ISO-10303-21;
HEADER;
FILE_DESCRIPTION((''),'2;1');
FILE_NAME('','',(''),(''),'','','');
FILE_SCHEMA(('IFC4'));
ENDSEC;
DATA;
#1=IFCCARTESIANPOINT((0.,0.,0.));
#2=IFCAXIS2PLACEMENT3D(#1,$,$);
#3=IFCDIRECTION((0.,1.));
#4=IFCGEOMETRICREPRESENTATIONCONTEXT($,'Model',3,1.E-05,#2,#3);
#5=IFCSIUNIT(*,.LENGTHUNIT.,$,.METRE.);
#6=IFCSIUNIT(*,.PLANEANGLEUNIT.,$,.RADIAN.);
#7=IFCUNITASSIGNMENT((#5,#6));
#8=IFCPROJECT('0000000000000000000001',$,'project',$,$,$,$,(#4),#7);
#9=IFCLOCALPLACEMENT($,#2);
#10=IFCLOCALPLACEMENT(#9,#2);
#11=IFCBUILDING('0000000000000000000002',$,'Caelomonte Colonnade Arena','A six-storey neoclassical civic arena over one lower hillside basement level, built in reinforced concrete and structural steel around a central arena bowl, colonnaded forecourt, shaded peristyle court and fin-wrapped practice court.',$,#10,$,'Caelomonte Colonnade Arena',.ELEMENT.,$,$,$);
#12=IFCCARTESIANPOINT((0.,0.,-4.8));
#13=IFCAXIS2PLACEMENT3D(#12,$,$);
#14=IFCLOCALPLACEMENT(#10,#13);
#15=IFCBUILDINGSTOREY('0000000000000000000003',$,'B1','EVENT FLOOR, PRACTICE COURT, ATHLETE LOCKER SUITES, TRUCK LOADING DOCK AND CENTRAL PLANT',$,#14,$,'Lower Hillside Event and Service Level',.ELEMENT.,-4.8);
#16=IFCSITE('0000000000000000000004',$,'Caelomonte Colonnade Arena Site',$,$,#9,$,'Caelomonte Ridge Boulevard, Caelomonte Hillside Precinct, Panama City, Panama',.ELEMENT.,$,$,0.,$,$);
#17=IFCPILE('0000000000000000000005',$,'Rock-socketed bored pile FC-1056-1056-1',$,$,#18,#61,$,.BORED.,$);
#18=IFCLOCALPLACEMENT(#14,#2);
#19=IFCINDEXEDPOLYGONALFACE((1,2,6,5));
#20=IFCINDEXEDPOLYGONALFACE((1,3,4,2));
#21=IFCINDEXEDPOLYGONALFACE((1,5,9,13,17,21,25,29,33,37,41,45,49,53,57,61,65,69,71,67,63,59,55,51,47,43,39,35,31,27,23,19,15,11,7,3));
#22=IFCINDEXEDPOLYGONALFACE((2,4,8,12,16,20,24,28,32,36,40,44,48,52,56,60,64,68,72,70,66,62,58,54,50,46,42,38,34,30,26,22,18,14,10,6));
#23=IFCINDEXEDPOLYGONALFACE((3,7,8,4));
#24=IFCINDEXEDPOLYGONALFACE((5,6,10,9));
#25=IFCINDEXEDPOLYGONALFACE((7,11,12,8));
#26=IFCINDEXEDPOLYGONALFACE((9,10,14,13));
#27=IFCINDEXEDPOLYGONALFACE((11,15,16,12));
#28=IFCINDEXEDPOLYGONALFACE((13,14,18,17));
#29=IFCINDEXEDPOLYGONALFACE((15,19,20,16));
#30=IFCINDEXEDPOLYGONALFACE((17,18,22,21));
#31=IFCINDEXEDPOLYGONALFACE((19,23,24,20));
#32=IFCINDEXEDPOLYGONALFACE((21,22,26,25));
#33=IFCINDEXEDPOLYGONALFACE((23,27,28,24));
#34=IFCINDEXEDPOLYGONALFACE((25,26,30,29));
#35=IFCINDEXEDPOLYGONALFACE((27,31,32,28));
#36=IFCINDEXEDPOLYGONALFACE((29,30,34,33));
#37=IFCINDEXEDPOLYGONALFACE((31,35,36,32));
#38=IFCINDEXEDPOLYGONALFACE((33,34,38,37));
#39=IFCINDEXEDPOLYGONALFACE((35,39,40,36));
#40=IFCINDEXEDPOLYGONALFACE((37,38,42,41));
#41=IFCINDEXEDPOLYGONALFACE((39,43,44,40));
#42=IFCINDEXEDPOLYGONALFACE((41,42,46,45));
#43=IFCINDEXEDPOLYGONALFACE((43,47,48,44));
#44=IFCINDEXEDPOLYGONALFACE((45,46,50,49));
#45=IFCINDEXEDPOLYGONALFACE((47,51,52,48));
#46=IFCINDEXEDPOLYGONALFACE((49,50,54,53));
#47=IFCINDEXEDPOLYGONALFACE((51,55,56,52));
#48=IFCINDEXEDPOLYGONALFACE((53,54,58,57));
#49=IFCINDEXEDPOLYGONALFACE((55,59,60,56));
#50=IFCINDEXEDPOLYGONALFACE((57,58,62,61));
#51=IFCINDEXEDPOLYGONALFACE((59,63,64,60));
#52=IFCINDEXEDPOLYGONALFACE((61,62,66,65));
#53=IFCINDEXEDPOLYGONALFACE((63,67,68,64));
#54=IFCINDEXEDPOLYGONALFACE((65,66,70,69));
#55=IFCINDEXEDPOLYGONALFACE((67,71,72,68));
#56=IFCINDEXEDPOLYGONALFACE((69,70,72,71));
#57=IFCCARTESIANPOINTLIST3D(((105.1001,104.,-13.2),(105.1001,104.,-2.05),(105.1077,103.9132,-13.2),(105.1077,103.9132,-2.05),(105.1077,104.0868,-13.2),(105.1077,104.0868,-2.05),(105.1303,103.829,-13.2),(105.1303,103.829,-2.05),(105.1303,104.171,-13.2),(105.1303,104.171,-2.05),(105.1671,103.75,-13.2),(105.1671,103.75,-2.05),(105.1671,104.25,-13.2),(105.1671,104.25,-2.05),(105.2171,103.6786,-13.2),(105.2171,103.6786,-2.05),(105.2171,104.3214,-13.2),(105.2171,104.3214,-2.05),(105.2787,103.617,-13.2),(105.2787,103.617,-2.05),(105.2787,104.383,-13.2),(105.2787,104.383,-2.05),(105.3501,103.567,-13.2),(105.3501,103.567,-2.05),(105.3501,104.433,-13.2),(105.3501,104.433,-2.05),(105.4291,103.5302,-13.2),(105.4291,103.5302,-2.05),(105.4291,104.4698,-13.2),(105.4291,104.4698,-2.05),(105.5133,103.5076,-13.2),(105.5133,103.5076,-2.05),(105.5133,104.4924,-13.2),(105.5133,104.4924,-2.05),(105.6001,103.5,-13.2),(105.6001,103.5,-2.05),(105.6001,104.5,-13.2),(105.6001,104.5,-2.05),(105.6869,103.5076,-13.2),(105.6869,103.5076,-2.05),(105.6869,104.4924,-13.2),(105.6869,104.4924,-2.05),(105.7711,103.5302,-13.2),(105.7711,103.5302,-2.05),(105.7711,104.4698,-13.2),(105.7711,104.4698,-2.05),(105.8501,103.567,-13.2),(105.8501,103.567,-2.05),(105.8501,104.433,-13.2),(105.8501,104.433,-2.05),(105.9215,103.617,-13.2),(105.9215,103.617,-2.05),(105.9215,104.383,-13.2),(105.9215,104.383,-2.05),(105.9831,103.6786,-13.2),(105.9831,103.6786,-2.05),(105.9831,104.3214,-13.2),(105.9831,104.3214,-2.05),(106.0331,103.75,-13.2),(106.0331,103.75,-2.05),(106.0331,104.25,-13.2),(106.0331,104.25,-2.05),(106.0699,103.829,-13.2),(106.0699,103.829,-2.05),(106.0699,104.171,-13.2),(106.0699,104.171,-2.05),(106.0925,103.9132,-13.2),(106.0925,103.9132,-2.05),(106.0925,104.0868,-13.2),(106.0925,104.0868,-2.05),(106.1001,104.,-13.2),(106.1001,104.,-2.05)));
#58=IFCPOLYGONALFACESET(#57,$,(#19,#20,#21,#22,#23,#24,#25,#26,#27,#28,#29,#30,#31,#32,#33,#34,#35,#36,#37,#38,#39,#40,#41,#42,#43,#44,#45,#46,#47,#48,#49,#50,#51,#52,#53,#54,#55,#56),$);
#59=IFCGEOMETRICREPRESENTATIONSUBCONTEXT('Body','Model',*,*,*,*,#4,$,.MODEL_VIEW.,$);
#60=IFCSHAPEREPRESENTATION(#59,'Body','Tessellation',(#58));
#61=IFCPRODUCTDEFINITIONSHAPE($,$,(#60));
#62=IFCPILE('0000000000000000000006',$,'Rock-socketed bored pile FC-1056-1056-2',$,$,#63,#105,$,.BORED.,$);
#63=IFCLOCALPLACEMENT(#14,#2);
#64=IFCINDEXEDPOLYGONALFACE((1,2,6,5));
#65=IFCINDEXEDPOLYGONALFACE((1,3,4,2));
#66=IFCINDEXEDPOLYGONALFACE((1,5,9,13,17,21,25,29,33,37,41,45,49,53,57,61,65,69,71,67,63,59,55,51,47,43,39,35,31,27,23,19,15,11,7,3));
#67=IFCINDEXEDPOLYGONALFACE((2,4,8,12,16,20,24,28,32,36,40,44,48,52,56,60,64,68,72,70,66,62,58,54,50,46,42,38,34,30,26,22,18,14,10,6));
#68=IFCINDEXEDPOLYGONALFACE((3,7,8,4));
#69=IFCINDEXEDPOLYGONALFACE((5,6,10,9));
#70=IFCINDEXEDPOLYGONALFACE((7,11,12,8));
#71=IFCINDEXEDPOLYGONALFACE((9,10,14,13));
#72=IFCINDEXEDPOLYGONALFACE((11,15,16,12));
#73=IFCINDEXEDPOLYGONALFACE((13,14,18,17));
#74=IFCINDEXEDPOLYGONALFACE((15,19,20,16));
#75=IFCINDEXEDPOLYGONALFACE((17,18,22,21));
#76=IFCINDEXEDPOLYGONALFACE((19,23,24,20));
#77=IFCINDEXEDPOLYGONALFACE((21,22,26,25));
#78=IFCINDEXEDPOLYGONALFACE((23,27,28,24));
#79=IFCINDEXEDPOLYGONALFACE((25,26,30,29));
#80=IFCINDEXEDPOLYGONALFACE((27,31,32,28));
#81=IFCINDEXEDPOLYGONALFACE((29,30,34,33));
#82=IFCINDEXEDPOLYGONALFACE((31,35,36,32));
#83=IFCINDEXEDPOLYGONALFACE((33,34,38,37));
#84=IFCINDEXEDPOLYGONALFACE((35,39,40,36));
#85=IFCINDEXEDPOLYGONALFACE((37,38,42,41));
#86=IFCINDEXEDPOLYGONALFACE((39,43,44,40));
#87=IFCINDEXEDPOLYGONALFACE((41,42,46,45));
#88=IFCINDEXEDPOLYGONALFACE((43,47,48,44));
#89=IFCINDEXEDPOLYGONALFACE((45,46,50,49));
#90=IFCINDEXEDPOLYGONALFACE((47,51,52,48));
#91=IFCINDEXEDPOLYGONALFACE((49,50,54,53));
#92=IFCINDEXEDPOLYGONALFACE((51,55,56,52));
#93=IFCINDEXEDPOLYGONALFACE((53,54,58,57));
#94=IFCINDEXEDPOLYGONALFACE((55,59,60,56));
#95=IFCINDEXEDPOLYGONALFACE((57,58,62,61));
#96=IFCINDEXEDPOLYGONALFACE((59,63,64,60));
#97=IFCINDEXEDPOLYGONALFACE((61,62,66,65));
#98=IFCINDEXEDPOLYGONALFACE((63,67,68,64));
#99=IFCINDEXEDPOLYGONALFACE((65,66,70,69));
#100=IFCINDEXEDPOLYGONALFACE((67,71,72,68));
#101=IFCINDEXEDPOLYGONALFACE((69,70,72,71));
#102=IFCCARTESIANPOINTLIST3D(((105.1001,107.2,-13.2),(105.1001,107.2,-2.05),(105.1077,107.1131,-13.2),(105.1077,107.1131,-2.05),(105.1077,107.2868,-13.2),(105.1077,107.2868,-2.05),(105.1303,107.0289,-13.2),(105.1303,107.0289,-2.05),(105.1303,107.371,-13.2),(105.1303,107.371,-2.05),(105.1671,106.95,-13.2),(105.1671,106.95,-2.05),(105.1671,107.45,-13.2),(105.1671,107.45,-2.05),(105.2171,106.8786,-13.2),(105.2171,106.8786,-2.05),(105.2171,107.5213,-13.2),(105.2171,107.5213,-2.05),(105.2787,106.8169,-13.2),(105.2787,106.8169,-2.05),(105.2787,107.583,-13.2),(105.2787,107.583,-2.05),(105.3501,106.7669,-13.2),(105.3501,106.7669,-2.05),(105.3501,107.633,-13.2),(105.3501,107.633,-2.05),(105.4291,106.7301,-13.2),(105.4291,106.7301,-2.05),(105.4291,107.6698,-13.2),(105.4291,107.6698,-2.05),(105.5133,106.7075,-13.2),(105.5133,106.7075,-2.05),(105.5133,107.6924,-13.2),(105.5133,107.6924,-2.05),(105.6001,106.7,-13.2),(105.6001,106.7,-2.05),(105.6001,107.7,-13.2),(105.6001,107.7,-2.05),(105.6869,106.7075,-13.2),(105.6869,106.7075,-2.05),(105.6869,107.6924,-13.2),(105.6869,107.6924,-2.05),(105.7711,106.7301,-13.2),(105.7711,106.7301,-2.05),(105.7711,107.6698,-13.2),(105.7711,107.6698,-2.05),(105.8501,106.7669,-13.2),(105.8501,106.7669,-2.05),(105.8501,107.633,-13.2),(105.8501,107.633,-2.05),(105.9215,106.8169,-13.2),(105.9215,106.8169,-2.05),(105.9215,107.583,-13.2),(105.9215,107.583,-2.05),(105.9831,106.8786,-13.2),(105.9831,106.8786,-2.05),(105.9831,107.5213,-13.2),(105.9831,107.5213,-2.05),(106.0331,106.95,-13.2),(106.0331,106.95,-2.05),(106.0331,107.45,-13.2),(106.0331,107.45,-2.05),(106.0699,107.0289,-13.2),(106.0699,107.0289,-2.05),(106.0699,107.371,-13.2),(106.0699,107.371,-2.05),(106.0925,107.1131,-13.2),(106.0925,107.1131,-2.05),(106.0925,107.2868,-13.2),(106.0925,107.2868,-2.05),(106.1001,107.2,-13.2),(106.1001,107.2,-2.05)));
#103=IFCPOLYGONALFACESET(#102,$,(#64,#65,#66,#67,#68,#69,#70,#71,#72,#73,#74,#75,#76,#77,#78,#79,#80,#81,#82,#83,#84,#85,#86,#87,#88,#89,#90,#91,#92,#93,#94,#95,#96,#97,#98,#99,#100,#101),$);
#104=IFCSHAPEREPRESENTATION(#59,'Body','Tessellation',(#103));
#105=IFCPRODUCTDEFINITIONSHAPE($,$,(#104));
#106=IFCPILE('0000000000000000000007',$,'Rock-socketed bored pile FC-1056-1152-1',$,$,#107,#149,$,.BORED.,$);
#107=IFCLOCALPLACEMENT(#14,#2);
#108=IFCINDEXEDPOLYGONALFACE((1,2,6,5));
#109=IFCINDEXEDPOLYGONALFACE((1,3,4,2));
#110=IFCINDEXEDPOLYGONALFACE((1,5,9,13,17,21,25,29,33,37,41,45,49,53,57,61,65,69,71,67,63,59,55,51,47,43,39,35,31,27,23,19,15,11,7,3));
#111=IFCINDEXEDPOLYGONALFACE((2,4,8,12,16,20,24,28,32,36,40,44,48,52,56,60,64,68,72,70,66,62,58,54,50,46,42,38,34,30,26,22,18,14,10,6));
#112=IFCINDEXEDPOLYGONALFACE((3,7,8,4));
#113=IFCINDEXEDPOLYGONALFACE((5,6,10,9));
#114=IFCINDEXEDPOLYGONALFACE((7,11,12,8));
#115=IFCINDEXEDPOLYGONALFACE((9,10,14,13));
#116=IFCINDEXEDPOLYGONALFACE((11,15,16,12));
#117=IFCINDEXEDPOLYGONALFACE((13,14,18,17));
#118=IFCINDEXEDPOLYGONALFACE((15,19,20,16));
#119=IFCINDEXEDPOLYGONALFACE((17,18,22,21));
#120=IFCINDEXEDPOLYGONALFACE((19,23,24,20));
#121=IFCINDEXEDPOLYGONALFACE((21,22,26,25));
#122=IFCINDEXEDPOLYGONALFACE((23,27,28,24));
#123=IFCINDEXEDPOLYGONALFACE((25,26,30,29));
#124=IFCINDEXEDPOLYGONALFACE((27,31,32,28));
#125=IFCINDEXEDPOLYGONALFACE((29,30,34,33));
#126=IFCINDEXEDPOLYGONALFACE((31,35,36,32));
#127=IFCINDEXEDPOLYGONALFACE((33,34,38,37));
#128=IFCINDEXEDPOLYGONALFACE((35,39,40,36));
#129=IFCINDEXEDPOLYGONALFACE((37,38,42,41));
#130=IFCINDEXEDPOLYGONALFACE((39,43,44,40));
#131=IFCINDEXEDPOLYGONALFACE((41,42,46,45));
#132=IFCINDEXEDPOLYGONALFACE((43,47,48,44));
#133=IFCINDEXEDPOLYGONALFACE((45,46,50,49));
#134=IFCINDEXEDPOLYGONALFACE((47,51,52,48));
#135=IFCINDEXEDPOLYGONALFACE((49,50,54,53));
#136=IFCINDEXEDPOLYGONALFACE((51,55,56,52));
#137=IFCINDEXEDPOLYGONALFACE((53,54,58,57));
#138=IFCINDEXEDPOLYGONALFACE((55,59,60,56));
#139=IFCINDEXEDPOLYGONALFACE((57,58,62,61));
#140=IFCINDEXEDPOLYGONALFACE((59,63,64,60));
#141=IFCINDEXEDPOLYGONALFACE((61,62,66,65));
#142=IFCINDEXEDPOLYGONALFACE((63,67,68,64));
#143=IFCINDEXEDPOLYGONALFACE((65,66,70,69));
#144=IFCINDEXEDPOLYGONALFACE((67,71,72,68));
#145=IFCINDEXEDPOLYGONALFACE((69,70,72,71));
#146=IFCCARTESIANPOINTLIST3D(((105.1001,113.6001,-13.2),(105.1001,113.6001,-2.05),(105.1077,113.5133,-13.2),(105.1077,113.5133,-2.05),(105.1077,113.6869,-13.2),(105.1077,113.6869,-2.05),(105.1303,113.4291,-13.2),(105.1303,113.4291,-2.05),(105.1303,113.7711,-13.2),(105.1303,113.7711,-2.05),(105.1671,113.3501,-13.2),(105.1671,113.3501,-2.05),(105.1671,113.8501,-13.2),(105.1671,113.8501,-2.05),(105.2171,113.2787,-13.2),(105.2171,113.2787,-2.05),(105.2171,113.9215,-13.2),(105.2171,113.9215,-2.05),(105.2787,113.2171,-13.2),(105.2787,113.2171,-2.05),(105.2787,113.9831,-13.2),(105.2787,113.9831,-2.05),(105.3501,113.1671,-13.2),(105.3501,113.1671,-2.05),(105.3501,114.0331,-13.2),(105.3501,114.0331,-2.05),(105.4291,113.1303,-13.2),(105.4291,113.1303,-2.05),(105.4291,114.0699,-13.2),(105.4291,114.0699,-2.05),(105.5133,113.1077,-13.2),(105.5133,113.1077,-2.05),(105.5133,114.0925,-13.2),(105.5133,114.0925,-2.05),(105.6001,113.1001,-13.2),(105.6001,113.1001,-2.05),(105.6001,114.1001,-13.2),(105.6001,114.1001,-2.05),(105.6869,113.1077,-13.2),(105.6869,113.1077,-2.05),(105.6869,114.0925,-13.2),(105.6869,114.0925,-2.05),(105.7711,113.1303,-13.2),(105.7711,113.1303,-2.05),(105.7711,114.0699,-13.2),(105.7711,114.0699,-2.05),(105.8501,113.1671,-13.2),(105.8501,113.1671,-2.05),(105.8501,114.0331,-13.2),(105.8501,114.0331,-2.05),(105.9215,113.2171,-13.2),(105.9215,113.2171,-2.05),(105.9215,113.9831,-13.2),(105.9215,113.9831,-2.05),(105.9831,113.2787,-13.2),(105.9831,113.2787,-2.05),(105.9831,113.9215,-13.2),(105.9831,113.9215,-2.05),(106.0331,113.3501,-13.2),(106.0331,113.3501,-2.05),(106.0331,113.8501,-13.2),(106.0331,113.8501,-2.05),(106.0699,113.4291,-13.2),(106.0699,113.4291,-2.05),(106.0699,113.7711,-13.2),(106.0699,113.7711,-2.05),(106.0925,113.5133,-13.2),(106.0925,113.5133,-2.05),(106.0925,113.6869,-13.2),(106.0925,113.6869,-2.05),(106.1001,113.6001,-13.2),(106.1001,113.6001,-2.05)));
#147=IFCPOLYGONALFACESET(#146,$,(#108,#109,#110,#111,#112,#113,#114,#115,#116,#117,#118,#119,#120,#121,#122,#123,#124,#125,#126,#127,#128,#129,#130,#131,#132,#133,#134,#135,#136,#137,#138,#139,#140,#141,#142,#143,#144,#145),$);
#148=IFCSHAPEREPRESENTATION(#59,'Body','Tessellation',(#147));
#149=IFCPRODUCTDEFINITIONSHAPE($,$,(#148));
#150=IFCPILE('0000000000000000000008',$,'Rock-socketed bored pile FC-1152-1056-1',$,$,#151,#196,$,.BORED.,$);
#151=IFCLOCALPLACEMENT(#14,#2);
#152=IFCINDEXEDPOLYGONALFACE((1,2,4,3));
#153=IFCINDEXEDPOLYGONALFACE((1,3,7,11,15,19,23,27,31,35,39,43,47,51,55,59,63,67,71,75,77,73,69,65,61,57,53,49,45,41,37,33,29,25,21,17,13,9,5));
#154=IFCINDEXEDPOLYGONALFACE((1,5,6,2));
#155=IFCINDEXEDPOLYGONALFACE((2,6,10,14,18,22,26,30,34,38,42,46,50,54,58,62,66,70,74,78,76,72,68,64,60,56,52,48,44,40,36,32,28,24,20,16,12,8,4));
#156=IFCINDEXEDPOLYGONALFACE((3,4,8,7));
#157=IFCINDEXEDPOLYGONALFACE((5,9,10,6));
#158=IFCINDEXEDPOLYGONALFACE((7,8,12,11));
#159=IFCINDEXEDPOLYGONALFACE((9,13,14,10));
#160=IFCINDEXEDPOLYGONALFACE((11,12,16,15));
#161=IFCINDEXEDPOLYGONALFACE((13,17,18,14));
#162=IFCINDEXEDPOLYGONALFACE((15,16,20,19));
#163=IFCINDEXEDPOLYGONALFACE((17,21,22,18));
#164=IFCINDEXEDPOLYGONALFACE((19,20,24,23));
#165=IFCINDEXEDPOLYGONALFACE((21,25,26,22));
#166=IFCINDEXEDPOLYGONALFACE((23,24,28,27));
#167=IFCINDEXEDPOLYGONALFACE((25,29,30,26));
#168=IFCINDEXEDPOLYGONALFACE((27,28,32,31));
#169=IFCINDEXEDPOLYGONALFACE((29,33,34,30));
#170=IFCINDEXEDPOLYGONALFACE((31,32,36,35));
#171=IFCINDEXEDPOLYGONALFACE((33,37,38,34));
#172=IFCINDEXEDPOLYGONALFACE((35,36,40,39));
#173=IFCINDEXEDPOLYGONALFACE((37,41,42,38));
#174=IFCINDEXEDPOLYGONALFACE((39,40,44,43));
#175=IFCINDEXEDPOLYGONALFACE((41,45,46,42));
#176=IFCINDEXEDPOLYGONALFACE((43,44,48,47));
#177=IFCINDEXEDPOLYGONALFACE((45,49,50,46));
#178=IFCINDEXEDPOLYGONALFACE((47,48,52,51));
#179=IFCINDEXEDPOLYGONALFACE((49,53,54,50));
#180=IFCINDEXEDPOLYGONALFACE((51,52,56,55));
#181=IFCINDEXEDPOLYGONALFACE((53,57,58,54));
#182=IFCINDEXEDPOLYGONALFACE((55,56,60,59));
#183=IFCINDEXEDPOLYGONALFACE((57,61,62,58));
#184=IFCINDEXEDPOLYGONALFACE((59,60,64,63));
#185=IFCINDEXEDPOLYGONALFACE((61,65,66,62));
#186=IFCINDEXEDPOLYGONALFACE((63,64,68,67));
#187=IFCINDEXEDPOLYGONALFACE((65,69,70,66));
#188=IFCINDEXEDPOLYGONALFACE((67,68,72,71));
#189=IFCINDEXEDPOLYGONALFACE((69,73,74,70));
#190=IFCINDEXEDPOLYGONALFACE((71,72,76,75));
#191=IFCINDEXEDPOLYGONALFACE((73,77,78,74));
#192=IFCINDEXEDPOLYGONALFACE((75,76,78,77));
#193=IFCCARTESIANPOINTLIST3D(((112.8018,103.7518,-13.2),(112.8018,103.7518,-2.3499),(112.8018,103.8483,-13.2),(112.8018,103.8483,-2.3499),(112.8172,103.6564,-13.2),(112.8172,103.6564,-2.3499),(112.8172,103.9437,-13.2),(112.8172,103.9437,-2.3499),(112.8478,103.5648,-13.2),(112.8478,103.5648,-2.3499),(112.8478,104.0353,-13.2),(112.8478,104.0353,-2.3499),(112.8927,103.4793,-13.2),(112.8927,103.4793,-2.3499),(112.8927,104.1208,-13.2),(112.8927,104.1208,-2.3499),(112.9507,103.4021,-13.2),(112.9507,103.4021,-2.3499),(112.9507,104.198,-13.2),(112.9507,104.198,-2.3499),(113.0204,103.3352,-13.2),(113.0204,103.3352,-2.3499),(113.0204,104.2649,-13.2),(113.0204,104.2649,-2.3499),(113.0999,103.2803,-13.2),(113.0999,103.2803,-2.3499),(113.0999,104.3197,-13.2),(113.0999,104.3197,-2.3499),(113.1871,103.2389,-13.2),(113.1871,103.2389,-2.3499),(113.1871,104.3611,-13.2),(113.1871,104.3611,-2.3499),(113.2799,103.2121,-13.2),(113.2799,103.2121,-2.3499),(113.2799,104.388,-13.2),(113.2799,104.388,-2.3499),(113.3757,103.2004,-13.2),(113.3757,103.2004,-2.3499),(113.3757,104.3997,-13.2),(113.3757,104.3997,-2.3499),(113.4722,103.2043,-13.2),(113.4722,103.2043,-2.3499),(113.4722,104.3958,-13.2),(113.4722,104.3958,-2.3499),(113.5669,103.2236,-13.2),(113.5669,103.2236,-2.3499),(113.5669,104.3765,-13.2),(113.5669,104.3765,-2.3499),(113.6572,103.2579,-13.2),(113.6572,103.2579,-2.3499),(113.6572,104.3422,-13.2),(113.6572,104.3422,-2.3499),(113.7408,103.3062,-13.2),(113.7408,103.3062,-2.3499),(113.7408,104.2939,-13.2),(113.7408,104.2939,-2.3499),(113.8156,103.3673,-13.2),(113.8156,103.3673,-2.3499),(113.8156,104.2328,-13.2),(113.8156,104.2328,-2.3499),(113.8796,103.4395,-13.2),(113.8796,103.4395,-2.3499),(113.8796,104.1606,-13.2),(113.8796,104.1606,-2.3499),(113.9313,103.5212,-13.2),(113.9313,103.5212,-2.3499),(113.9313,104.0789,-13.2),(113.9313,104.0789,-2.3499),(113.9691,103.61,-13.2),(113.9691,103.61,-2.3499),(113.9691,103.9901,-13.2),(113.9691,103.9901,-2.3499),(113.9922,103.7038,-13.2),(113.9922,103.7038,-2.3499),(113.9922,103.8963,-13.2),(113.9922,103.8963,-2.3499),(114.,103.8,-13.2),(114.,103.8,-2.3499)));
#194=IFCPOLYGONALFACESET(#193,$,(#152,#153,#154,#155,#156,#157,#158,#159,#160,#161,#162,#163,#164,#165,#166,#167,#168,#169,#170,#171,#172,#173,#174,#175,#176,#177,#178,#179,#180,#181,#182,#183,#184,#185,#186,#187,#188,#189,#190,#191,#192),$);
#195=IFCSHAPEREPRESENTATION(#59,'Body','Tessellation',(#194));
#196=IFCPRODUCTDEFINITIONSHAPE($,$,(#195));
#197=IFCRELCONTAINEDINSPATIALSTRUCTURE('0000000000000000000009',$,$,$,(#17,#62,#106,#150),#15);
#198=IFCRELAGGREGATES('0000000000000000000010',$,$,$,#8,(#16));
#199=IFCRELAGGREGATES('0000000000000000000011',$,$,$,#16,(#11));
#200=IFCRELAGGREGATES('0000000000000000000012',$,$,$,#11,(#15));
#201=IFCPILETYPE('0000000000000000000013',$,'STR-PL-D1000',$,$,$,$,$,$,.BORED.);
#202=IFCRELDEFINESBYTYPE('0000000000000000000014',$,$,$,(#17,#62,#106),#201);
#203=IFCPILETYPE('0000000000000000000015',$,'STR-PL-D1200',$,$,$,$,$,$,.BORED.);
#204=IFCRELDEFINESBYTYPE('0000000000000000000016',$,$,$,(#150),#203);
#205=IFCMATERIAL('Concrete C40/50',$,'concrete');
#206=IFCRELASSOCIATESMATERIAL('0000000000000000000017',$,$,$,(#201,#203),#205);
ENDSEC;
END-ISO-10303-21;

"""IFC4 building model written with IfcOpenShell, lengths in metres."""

from ifc_helpers import new_model, si_unit, direction, frame, origin, origin_2d, place, context, subcontext, project, spatial, circle, extrude, material, material_profile, profile_set, type_object, element, save


model = new_model("IFC4")

# Units and contexts
model_context = context("Model", 3, precision=1e-05, world=origin(), true_north=direction((0.0, 1.0)))
body_context = subcontext(model_context, "Body", "Model", "MODEL_VIEW")
ifc_project = project(units=[si_unit("LENGTHUNIT", "METRE"), si_unit("PLANEANGLEUNIT", "RADIAN")], contexts=[model_context])

# Site, building, storey
site_placement = place(None, origin())
site = spatial("IfcSite", under=ifc_project, at=site_placement, Name="Caelomonte Colonnade Arena Site", LongName="Caelomonte Ridge Boulevard, Caelomonte Hillside Precinct, Panama City, Panama", CompositionType="ELEMENT", RefElevation=0.0)
building_placement = place(site_placement, origin())
building = spatial("IfcBuilding", under=site, at=building_placement, Name="Caelomonte Colonnade Arena", Description="A six-storey neoclassical civic arena over one lower hillside basement level, built in reinforced concrete and structural steel around a central arena bowl, colonnaded forecourt, shaded peristyle court and fin-wrapped practice court.", LongName="Caelomonte Colonnade Arena", CompositionType="ELEMENT")
storey_placement = place(building_placement, frame((0.0, 0.0, -4.8)))
storey = spatial("IfcBuildingStorey", under=building, at=storey_placement, Name="B1", Description="EVENT FLOOR, PRACTICE COURT, ATHLETE LOCKER SUITES, TRUCK LOADING DOCK AND CENTRAL PLANT", LongName="Lower Hillside Event and Service Level", CompositionType="ELEMENT", Elevation=-4.8)

# Shared definitions
ifc_material_1 = material(Name="Concrete C40/50", Category="concrete")

# Piles
ifc_material_profile_1 = material_profile(ifc_material_1, circle(Radius=0.5, at=origin_2d()), Name="PILE-D1000")
ifc_profile_set_1 = profile_set([ifc_material_profile_1], Name="Concrete C40/50")
pile_type_1 = type_object("IfcPileType", Name="STR-PL-D1000", PredefinedType="BORED", material=ifc_profile_set_1)
for number, where, z_axis, x_axis, name in (
    (1, (105.6001, 104.0, -2.05), (0.0, 0.0, -1.0), (1.0, 0.0, 0.0), "Rock-socketed bored pile FC-1056-1056-1"),
    (2, (105.6001, 107.2, -2.05), (0.0, 0.0, -1.0), (1.0, 0.0, 0.0), "Rock-socketed bored pile FC-1056-1056-2"),
    (3, (105.6001, 113.6001, -2.05), (0.0, 0.0, -1.0), (1.0, 0.0, 0.0), "Rock-socketed bored pile FC-1056-1152-1"),
):
    element("IfcPile", number, at=place(storey_placement, frame(where, z_axis=z_axis, x_axis=x_axis)), inside=storey, type_object=pile_type_1, Name=name, PredefinedType="BORED", context=body_context, shape_type="SweptSolid", body=[
        extrude(circle(Radius=0.5, at=origin_2d()), origin(), (0.0, 0.0, 1.0), 11.1499),
    ])
ifc_material_profile_2 = material_profile(ifc_material_1, circle(Radius=0.6001, at=origin_2d()), Name="PILE-D1200")
ifc_profile_set_2 = profile_set([ifc_material_profile_2], Name="Concrete C40/50")
pile_type_2 = type_object("IfcPileType", Name="STR-PL-D1200", PredefinedType="BORED", material=ifc_profile_set_2)
for number, where, z_axis, x_axis, name in (
    (4, (113.3999, 103.8, -2.3499), (0.0, 0.0, -1.0), (1.0, 0.0, 0.0), "Rock-socketed bored pile FC-1152-1056-1"),
):
    element("IfcPile", number, at=place(storey_placement, frame(where, z_axis=z_axis, x_axis=x_axis)), inside=storey, type_object=pile_type_2, Name=name, PredefinedType="BORED", context=body_context, shape_type="SweptSolid", body=[
        extrude(circle(Radius=0.6001, at=origin_2d()), origin(), (0.0, 0.0, 1.0), 10.8501),
    ])

save(model, "model.ifc")
